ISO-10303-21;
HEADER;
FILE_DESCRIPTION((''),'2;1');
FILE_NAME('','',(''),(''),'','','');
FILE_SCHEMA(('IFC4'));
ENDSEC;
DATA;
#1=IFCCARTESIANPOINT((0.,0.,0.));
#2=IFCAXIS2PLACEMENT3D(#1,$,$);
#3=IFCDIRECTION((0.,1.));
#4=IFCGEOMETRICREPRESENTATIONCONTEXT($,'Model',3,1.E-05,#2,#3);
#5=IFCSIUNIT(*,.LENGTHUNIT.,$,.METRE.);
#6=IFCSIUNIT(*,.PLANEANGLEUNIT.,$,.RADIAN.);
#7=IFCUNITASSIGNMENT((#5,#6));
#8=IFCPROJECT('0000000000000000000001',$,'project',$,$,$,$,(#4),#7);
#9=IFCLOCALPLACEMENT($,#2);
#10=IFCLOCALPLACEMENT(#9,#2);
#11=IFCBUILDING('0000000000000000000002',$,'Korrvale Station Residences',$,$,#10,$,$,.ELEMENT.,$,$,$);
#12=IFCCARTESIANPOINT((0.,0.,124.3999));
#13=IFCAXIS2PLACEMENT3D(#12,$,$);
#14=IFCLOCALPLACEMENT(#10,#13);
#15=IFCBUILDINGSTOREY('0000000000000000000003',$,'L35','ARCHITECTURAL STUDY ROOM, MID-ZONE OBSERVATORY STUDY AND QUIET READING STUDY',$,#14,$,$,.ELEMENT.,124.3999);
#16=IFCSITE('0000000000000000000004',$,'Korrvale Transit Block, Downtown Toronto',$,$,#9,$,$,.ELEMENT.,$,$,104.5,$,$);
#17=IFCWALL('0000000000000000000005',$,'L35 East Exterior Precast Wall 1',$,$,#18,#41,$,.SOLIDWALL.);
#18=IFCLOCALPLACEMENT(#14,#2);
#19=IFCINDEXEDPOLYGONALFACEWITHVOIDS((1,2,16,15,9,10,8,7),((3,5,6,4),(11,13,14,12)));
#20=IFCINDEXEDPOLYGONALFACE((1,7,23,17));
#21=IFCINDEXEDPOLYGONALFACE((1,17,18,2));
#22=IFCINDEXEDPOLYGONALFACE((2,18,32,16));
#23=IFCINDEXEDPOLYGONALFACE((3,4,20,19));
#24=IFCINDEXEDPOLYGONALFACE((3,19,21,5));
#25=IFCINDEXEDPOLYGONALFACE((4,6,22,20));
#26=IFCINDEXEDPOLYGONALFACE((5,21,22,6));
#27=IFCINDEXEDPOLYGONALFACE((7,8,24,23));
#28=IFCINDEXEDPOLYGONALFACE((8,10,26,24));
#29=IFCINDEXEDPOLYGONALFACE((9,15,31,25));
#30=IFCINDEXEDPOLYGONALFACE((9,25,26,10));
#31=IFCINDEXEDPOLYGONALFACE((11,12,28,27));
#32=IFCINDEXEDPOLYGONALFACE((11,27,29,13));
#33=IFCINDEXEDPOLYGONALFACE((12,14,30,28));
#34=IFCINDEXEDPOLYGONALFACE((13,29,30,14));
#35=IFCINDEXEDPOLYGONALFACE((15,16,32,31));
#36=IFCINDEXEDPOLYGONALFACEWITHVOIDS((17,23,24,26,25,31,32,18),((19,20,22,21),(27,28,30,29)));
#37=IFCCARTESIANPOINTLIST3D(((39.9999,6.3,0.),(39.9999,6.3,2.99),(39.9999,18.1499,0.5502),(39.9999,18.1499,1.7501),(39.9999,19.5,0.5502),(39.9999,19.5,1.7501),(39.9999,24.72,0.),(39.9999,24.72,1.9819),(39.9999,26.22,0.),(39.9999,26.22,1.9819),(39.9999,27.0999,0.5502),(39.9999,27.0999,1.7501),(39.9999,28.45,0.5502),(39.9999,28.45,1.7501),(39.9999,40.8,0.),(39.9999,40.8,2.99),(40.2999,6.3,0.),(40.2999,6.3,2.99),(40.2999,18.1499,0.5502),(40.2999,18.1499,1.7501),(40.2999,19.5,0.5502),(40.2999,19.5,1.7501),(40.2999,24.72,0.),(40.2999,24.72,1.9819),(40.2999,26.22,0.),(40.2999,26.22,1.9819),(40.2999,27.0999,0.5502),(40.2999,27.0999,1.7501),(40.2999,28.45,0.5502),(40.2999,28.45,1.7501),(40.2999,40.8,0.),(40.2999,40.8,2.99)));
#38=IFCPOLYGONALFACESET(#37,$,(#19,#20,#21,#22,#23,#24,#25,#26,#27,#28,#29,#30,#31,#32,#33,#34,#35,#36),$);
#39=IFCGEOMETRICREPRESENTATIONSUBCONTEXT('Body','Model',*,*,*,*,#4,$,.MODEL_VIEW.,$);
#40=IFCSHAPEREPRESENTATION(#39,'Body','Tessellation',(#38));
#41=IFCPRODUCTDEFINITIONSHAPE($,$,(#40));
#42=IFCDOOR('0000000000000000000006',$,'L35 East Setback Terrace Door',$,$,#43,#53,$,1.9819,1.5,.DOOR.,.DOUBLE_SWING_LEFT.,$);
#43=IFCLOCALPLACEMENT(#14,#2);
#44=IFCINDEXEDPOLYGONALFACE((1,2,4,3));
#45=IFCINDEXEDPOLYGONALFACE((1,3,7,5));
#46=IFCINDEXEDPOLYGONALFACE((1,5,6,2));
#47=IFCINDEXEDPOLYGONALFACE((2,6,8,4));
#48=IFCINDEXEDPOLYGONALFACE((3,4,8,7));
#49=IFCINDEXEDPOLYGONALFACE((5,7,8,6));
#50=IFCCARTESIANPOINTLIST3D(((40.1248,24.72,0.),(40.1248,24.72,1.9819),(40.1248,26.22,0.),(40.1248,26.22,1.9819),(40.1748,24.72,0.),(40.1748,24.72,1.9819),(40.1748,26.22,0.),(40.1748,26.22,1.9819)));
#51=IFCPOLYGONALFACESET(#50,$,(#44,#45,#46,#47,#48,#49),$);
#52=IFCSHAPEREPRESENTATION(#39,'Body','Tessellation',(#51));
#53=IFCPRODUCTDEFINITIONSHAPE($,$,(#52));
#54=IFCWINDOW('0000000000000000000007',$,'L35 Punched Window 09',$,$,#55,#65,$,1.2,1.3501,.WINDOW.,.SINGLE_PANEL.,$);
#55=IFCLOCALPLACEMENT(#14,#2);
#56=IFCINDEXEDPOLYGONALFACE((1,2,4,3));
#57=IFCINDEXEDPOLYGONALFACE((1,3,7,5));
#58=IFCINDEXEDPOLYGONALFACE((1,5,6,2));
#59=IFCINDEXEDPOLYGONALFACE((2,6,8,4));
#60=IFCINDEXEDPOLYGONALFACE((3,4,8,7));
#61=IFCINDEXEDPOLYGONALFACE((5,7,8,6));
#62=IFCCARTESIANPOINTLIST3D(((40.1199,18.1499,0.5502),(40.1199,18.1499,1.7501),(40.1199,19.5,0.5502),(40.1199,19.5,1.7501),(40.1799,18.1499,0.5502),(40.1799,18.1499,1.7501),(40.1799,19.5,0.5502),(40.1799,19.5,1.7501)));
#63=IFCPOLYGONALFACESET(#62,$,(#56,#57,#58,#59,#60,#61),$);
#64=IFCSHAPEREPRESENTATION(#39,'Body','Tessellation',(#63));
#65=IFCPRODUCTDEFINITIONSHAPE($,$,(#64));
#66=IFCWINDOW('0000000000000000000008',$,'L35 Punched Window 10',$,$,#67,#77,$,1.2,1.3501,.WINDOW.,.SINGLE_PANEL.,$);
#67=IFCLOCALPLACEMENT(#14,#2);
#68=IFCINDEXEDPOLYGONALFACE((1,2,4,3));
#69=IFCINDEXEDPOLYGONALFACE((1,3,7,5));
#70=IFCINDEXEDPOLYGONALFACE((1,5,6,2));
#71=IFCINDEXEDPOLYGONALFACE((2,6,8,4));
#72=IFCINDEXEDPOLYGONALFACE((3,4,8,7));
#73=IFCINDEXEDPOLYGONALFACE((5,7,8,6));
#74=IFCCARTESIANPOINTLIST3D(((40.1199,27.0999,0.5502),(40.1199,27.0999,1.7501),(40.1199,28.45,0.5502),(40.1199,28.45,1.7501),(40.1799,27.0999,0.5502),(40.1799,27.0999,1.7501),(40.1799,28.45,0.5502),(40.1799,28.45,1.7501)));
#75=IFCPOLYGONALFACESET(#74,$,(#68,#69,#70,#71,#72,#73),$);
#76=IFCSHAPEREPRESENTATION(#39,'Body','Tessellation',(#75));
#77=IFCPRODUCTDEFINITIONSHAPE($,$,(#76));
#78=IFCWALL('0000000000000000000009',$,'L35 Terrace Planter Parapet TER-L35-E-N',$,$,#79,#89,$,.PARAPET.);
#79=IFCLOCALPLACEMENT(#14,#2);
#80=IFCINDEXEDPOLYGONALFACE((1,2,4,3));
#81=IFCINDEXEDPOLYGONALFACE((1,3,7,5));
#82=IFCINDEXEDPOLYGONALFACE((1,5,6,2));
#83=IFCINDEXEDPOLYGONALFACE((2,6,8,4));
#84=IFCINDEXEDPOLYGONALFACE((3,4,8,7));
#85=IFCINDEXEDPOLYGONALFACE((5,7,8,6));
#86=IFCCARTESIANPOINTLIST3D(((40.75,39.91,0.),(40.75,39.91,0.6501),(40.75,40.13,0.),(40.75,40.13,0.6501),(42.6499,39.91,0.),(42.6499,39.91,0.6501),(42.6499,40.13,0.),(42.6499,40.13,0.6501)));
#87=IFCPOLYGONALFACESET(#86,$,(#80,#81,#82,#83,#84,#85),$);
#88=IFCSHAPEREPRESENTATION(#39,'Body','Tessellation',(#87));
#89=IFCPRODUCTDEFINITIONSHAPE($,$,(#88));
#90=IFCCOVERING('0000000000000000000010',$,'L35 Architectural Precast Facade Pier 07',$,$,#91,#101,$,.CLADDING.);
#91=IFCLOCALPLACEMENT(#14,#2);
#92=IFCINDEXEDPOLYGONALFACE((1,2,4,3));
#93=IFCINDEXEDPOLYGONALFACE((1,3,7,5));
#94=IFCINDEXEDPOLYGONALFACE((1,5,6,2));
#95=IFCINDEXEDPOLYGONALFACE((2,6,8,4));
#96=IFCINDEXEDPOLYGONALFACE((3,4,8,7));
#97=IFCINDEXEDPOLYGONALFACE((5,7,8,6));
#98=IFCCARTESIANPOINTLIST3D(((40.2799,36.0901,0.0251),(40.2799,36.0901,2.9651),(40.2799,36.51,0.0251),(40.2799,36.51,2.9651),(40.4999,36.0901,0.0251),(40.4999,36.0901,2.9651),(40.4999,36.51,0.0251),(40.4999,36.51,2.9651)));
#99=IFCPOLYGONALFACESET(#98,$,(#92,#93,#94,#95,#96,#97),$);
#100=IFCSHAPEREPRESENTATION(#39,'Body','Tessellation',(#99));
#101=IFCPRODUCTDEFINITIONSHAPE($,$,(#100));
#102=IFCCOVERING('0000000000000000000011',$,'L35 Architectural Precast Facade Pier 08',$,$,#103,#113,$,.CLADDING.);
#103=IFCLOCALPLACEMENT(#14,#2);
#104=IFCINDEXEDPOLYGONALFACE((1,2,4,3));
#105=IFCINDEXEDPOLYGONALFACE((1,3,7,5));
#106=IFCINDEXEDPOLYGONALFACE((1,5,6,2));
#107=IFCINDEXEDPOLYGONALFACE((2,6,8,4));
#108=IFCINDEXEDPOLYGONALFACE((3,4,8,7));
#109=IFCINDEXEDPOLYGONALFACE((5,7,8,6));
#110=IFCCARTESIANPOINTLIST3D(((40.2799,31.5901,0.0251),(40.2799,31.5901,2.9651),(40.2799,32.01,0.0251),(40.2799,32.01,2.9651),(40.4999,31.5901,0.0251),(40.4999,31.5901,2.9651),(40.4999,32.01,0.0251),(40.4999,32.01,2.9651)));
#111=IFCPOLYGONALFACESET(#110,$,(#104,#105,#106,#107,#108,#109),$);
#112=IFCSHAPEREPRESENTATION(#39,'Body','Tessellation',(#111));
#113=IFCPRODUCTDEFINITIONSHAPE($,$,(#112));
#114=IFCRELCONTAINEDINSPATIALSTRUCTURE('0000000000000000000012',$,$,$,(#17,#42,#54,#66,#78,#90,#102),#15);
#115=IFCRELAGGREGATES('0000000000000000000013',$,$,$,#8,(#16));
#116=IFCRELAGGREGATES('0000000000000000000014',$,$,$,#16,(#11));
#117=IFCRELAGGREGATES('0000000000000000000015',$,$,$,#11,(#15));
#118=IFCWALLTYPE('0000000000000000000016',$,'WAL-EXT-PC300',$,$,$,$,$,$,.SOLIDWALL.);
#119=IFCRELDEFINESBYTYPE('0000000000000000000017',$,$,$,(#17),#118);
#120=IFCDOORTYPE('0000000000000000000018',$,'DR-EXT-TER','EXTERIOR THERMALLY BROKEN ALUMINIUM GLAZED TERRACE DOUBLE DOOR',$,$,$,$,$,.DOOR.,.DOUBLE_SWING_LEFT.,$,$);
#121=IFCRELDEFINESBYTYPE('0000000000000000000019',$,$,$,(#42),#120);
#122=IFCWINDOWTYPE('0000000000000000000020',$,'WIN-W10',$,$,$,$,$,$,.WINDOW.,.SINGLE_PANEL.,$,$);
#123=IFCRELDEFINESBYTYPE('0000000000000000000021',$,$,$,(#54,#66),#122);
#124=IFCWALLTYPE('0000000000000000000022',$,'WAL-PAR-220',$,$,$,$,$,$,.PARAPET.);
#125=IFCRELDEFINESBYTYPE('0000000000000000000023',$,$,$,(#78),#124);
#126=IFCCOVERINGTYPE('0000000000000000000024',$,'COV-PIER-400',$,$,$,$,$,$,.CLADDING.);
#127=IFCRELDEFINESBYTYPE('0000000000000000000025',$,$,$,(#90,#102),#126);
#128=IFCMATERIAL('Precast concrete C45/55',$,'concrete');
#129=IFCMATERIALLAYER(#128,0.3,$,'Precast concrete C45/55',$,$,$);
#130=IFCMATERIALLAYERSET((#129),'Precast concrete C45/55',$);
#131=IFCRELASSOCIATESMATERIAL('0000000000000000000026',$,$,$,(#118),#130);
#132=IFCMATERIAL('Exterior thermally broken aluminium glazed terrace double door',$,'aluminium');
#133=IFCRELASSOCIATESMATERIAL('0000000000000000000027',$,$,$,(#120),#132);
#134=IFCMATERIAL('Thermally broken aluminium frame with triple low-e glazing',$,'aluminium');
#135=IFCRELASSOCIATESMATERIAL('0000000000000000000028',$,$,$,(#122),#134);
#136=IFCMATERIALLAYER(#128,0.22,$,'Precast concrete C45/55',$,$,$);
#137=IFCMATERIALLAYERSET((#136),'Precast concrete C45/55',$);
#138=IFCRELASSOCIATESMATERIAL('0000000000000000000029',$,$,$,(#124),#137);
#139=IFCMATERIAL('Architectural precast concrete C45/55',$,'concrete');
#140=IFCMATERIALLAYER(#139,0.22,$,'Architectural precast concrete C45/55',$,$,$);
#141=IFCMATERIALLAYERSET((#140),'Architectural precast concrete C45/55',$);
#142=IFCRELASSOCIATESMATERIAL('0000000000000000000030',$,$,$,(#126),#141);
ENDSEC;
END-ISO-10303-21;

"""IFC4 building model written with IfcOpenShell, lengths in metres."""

from ifc_helpers import new_model, si_unit, direction, frame, frame_2d, origin, origin_2d, place, context, subcontext, project, spatial, rectangle, extrude, material, layer, layer_set, type_object, element, fill, save


model = new_model("IFC4")

# Units and contexts
model_context = context("Model", 3, precision=1e-05, world=origin(), true_north=direction((0.0, 1.0)))
body_context = subcontext(model_context, "Body", "Model", "MODEL_VIEW")
ifc_project = project(units=[si_unit("LENGTHUNIT", "METRE"), si_unit("PLANEANGLEUNIT", "RADIAN")], contexts=[model_context])

# Site, building, storey
site_placement = place(None, origin())
site = spatial("IfcSite", under=ifc_project, at=site_placement, Name="Korrvale Transit Block, Downtown Toronto", CompositionType="ELEMENT", RefElevation=104.5)
building_placement = place(site_placement, origin())
building = spatial("IfcBuilding", under=site, at=building_placement, Name="Korrvale Station Residences", CompositionType="ELEMENT")
storey_placement = place(building_placement, frame((0.0, 0.0, 124.3999)))
storey = spatial("IfcBuildingStorey", under=building, at=storey_placement, Name="L35", Description="ARCHITECTURAL STUDY ROOM, MID-ZONE OBSERVATORY STUDY AND QUIET READING STUDY", CompositionType="ELEMENT", Elevation=124.3999)

# Shared definitions
ifc_material_1 = material(Name="Precast concrete C45/55", Category="concrete")

# Wall, openings, door, windows
ifc_layer_1 = layer(ifc_material_1, 0.3, Name="Precast concrete C45/55")
ifc_layer_set_1 = layer_set([ifc_layer_1], Name="Precast concrete C45/55")
wall_type_1 = type_object("IfcWallType", Name="WAL-EXT-PC300", PredefinedType="SOLIDWALL", material=ifc_layer_set_1)
wall_1_placement = place(storey_placement, frame((40.1499, 40.8, 0.0), z_axis=(0.0, 0.0, 1.0), x_axis=(0.0, -1.0, 0.0)))
wall_1 = element("IfcWall", 1, at=wall_1_placement, inside=storey, type_object=wall_type_1, Name="L35 East Exterior Precast Wall 1", PredefinedType="SOLIDWALL", context=body_context, shape_type="SweptSolid", body=[
    extrude(rectangle(XDim=34.5, YDim=0.3, at=frame_2d((17.25, 0.0))), origin(), (0.0, 0.0, 1.0), 2.99),
])
opening_1_placement = place(wall_1_placement, frame((14.5801, 0.0, 0.0)))
opening_1 = element("IfcOpeningElement", 2, at=opening_1_placement, cuts=wall_1, PredefinedType="OPENING", context=body_context, shape_type="SweptSolid", body=[
    extrude(rectangle(XDim=1.5, YDim=1.9819, at=frame_2d((0.75, 0.991))), frame((0.0, 0.1602, 0.0), z_axis=(0.0, -1.0, 0.0), x_axis=(1.0, 0.0, 0.0)), (0.0, 0.0, 1.0), 0.3201),
])
opening_2_placement = place(wall_1_placement, frame((21.3, 0.0, 0.55)))
opening_2 = element("IfcOpeningElement", 3, at=opening_2_placement, cuts=wall_1, PredefinedType="OPENING", context=body_context, shape_type="SweptSolid", body=[
    extrude(rectangle(XDim=1.3501, YDim=1.2, at=frame_2d((0.675, 0.6001))), frame((0.0, 0.1602, 0.0), z_axis=(0.0, -1.0, 0.0), x_axis=(1.0, 0.0, 0.0)), (0.0, 0.0, 1.0), 0.3201),
])
opening_3_placement = place(wall_1_placement, frame((12.3501, 0.0, 0.55)))
opening_3 = element("IfcOpeningElement", 4, at=opening_3_placement, cuts=wall_1, PredefinedType="OPENING", context=body_context, shape_type="SweptSolid", body=[
    extrude(rectangle(XDim=1.3501, YDim=1.2, at=frame_2d((0.675, 0.6001))), frame((0.0, 0.1602, 0.0), z_axis=(0.0, -1.0, 0.0), x_axis=(1.0, 0.0, 0.0)), (0.0, 0.0, 1.0), 0.3201),
])
ifc_material_2 = material(Name="Exterior thermally broken aluminium glazed terrace double door", Category="aluminium")
door_type = type_object("IfcDoorType", Name="DR-EXT-TER", Description="EXTERIOR THERMALLY BROKEN ALUMINIUM GLAZED TERRACE DOUBLE DOOR", OperationType="DOUBLE_SWING_LEFT", PredefinedType="DOOR", material=ifc_material_2)
door_placement = place(opening_1_placement, origin())
door = element("IfcDoor", 5, at=door_placement, inside=storey, type_object=door_type, Name="L35 East Setback Terrace Door", OperationType="DOUBLE_SWING_LEFT", OverallHeight=1.9819, OverallWidth=1.5, PredefinedType="DOOR", context=body_context, shape_type="SweptSolid", body=[
    extrude(rectangle(XDim=1.5, YDim=1.9819, at=frame_2d((0.75, 0.991))), frame((0.0, 0.0249, 0.0), z_axis=(0.0, -1.0, 0.0), x_axis=(1.0, 0.0, 0.0)), (0.0, 0.0, 1.0), 0.05),
])
fill(opening_1, door)
ifc_material_3 = material(Name="Thermally broken aluminium frame with triple low-e glazing", Category="aluminium")
window_type = type_object("IfcWindowType", Name="WIN-W10", PartitioningType="SINGLE_PANEL", PredefinedType="WINDOW", material=ifc_material_3)
window_1_placement = place(opening_2_placement, origin())
window_1 = element("IfcWindow", 6, at=window_1_placement, inside=storey, type_object=window_type, Name="L35 Punched Window 09", OverallHeight=1.2, OverallWidth=1.3501, PartitioningType="SINGLE_PANEL", PredefinedType="WINDOW", context=body_context, shape_type="SweptSolid", body=[
    extrude(rectangle(XDim=1.3501, YDim=1.2, at=frame_2d((0.675, 0.6001))), frame((0.0, 0.03, 0.0), z_axis=(0.0, -1.0, 0.0), x_axis=(1.0, 0.0, 0.0)), (0.0, 0.0, 1.0), 0.0601),
])
fill(opening_2, window_1)
window_2_placement = place(opening_3_placement, origin())
window_2 = element("IfcWindow", 7, at=window_2_placement, inside=storey, type_object=window_type, Name="L35 Punched Window 10", OverallHeight=1.2, OverallWidth=1.3501, PartitioningType="SINGLE_PANEL", PredefinedType="WINDOW", context=body_context, shape_type="SweptSolid", body=[
    extrude(rectangle(XDim=1.3501, YDim=1.2, at=frame_2d((0.675, 0.6001))), frame((0.0, 0.03, 0.0), z_axis=(0.0, -1.0, 0.0), x_axis=(1.0, 0.0, 0.0)), (0.0, 0.0, 1.0), 0.0601),
])
fill(opening_3, window_2)

# Wall
ifc_layer_2 = layer(ifc_material_1, 0.22, Name="Precast concrete C45/55")
ifc_layer_set_2 = layer_set([ifc_layer_2], Name="Precast concrete C45/55")
wall_type_2 = type_object("IfcWallType", Name="WAL-PAR-220", PredefinedType="PARAPET", material=ifc_layer_set_2)
wall_2_placement = place(storey_placement, frame((40.75, 40.02, 0.0), z_axis=(0.0, 0.0, 1.0), x_axis=(1.0, 0.0, 0.0)))
element("IfcWall", 8, at=wall_2_placement, inside=storey, type_object=wall_type_2, Name="L35 Terrace Planter Parapet TER-L35-E-N", PredefinedType="PARAPET", context=body_context, shape_type="SweptSolid", body=[
    extrude(rectangle(XDim=1.8999, YDim=0.22, at=frame_2d((0.95, 0.0))), origin(), (0.0, 0.0, 1.0), 0.6501),
])

# Coverings
ifc_material_4 = material(Name="Architectural precast concrete C45/55", Category="concrete")
ifc_layer_3 = layer(ifc_material_4, 0.22, Name="Architectural precast concrete C45/55")
ifc_layer_set_3 = layer_set([ifc_layer_3], Name="Architectural precast concrete C45/55")
covering_type = type_object("IfcCoveringType", Name="COV-PIER-400", PredefinedType="CLADDING", material=ifc_layer_set_3)
for number, where, z_axis, x_axis, name in (
    (9, (40.3899, 36.3, 0.0251), (0.0, 0.0, 1.0), (0.0, 1.0, 0.0), "L35 Architectural Precast Facade Pier 07"),
    (10, (40.3899, 31.8, 0.0251), (0.0, 0.0, 1.0), (0.0, 1.0, 0.0), "L35 Architectural Precast Facade Pier 08"),
):
    element("IfcCovering", number, at=place(storey_placement, frame(where, z_axis=z_axis, x_axis=x_axis)), inside=storey, type_object=covering_type, Name=name, PredefinedType="CLADDING", context=body_context, shape_type="SweptSolid", body=[
        extrude(rectangle(XDim=0.4199, YDim=0.22, at=origin_2d()), origin(), (0.0, 0.0, 1.0), 2.9399),
    ])

save(model, "model.ifc")
